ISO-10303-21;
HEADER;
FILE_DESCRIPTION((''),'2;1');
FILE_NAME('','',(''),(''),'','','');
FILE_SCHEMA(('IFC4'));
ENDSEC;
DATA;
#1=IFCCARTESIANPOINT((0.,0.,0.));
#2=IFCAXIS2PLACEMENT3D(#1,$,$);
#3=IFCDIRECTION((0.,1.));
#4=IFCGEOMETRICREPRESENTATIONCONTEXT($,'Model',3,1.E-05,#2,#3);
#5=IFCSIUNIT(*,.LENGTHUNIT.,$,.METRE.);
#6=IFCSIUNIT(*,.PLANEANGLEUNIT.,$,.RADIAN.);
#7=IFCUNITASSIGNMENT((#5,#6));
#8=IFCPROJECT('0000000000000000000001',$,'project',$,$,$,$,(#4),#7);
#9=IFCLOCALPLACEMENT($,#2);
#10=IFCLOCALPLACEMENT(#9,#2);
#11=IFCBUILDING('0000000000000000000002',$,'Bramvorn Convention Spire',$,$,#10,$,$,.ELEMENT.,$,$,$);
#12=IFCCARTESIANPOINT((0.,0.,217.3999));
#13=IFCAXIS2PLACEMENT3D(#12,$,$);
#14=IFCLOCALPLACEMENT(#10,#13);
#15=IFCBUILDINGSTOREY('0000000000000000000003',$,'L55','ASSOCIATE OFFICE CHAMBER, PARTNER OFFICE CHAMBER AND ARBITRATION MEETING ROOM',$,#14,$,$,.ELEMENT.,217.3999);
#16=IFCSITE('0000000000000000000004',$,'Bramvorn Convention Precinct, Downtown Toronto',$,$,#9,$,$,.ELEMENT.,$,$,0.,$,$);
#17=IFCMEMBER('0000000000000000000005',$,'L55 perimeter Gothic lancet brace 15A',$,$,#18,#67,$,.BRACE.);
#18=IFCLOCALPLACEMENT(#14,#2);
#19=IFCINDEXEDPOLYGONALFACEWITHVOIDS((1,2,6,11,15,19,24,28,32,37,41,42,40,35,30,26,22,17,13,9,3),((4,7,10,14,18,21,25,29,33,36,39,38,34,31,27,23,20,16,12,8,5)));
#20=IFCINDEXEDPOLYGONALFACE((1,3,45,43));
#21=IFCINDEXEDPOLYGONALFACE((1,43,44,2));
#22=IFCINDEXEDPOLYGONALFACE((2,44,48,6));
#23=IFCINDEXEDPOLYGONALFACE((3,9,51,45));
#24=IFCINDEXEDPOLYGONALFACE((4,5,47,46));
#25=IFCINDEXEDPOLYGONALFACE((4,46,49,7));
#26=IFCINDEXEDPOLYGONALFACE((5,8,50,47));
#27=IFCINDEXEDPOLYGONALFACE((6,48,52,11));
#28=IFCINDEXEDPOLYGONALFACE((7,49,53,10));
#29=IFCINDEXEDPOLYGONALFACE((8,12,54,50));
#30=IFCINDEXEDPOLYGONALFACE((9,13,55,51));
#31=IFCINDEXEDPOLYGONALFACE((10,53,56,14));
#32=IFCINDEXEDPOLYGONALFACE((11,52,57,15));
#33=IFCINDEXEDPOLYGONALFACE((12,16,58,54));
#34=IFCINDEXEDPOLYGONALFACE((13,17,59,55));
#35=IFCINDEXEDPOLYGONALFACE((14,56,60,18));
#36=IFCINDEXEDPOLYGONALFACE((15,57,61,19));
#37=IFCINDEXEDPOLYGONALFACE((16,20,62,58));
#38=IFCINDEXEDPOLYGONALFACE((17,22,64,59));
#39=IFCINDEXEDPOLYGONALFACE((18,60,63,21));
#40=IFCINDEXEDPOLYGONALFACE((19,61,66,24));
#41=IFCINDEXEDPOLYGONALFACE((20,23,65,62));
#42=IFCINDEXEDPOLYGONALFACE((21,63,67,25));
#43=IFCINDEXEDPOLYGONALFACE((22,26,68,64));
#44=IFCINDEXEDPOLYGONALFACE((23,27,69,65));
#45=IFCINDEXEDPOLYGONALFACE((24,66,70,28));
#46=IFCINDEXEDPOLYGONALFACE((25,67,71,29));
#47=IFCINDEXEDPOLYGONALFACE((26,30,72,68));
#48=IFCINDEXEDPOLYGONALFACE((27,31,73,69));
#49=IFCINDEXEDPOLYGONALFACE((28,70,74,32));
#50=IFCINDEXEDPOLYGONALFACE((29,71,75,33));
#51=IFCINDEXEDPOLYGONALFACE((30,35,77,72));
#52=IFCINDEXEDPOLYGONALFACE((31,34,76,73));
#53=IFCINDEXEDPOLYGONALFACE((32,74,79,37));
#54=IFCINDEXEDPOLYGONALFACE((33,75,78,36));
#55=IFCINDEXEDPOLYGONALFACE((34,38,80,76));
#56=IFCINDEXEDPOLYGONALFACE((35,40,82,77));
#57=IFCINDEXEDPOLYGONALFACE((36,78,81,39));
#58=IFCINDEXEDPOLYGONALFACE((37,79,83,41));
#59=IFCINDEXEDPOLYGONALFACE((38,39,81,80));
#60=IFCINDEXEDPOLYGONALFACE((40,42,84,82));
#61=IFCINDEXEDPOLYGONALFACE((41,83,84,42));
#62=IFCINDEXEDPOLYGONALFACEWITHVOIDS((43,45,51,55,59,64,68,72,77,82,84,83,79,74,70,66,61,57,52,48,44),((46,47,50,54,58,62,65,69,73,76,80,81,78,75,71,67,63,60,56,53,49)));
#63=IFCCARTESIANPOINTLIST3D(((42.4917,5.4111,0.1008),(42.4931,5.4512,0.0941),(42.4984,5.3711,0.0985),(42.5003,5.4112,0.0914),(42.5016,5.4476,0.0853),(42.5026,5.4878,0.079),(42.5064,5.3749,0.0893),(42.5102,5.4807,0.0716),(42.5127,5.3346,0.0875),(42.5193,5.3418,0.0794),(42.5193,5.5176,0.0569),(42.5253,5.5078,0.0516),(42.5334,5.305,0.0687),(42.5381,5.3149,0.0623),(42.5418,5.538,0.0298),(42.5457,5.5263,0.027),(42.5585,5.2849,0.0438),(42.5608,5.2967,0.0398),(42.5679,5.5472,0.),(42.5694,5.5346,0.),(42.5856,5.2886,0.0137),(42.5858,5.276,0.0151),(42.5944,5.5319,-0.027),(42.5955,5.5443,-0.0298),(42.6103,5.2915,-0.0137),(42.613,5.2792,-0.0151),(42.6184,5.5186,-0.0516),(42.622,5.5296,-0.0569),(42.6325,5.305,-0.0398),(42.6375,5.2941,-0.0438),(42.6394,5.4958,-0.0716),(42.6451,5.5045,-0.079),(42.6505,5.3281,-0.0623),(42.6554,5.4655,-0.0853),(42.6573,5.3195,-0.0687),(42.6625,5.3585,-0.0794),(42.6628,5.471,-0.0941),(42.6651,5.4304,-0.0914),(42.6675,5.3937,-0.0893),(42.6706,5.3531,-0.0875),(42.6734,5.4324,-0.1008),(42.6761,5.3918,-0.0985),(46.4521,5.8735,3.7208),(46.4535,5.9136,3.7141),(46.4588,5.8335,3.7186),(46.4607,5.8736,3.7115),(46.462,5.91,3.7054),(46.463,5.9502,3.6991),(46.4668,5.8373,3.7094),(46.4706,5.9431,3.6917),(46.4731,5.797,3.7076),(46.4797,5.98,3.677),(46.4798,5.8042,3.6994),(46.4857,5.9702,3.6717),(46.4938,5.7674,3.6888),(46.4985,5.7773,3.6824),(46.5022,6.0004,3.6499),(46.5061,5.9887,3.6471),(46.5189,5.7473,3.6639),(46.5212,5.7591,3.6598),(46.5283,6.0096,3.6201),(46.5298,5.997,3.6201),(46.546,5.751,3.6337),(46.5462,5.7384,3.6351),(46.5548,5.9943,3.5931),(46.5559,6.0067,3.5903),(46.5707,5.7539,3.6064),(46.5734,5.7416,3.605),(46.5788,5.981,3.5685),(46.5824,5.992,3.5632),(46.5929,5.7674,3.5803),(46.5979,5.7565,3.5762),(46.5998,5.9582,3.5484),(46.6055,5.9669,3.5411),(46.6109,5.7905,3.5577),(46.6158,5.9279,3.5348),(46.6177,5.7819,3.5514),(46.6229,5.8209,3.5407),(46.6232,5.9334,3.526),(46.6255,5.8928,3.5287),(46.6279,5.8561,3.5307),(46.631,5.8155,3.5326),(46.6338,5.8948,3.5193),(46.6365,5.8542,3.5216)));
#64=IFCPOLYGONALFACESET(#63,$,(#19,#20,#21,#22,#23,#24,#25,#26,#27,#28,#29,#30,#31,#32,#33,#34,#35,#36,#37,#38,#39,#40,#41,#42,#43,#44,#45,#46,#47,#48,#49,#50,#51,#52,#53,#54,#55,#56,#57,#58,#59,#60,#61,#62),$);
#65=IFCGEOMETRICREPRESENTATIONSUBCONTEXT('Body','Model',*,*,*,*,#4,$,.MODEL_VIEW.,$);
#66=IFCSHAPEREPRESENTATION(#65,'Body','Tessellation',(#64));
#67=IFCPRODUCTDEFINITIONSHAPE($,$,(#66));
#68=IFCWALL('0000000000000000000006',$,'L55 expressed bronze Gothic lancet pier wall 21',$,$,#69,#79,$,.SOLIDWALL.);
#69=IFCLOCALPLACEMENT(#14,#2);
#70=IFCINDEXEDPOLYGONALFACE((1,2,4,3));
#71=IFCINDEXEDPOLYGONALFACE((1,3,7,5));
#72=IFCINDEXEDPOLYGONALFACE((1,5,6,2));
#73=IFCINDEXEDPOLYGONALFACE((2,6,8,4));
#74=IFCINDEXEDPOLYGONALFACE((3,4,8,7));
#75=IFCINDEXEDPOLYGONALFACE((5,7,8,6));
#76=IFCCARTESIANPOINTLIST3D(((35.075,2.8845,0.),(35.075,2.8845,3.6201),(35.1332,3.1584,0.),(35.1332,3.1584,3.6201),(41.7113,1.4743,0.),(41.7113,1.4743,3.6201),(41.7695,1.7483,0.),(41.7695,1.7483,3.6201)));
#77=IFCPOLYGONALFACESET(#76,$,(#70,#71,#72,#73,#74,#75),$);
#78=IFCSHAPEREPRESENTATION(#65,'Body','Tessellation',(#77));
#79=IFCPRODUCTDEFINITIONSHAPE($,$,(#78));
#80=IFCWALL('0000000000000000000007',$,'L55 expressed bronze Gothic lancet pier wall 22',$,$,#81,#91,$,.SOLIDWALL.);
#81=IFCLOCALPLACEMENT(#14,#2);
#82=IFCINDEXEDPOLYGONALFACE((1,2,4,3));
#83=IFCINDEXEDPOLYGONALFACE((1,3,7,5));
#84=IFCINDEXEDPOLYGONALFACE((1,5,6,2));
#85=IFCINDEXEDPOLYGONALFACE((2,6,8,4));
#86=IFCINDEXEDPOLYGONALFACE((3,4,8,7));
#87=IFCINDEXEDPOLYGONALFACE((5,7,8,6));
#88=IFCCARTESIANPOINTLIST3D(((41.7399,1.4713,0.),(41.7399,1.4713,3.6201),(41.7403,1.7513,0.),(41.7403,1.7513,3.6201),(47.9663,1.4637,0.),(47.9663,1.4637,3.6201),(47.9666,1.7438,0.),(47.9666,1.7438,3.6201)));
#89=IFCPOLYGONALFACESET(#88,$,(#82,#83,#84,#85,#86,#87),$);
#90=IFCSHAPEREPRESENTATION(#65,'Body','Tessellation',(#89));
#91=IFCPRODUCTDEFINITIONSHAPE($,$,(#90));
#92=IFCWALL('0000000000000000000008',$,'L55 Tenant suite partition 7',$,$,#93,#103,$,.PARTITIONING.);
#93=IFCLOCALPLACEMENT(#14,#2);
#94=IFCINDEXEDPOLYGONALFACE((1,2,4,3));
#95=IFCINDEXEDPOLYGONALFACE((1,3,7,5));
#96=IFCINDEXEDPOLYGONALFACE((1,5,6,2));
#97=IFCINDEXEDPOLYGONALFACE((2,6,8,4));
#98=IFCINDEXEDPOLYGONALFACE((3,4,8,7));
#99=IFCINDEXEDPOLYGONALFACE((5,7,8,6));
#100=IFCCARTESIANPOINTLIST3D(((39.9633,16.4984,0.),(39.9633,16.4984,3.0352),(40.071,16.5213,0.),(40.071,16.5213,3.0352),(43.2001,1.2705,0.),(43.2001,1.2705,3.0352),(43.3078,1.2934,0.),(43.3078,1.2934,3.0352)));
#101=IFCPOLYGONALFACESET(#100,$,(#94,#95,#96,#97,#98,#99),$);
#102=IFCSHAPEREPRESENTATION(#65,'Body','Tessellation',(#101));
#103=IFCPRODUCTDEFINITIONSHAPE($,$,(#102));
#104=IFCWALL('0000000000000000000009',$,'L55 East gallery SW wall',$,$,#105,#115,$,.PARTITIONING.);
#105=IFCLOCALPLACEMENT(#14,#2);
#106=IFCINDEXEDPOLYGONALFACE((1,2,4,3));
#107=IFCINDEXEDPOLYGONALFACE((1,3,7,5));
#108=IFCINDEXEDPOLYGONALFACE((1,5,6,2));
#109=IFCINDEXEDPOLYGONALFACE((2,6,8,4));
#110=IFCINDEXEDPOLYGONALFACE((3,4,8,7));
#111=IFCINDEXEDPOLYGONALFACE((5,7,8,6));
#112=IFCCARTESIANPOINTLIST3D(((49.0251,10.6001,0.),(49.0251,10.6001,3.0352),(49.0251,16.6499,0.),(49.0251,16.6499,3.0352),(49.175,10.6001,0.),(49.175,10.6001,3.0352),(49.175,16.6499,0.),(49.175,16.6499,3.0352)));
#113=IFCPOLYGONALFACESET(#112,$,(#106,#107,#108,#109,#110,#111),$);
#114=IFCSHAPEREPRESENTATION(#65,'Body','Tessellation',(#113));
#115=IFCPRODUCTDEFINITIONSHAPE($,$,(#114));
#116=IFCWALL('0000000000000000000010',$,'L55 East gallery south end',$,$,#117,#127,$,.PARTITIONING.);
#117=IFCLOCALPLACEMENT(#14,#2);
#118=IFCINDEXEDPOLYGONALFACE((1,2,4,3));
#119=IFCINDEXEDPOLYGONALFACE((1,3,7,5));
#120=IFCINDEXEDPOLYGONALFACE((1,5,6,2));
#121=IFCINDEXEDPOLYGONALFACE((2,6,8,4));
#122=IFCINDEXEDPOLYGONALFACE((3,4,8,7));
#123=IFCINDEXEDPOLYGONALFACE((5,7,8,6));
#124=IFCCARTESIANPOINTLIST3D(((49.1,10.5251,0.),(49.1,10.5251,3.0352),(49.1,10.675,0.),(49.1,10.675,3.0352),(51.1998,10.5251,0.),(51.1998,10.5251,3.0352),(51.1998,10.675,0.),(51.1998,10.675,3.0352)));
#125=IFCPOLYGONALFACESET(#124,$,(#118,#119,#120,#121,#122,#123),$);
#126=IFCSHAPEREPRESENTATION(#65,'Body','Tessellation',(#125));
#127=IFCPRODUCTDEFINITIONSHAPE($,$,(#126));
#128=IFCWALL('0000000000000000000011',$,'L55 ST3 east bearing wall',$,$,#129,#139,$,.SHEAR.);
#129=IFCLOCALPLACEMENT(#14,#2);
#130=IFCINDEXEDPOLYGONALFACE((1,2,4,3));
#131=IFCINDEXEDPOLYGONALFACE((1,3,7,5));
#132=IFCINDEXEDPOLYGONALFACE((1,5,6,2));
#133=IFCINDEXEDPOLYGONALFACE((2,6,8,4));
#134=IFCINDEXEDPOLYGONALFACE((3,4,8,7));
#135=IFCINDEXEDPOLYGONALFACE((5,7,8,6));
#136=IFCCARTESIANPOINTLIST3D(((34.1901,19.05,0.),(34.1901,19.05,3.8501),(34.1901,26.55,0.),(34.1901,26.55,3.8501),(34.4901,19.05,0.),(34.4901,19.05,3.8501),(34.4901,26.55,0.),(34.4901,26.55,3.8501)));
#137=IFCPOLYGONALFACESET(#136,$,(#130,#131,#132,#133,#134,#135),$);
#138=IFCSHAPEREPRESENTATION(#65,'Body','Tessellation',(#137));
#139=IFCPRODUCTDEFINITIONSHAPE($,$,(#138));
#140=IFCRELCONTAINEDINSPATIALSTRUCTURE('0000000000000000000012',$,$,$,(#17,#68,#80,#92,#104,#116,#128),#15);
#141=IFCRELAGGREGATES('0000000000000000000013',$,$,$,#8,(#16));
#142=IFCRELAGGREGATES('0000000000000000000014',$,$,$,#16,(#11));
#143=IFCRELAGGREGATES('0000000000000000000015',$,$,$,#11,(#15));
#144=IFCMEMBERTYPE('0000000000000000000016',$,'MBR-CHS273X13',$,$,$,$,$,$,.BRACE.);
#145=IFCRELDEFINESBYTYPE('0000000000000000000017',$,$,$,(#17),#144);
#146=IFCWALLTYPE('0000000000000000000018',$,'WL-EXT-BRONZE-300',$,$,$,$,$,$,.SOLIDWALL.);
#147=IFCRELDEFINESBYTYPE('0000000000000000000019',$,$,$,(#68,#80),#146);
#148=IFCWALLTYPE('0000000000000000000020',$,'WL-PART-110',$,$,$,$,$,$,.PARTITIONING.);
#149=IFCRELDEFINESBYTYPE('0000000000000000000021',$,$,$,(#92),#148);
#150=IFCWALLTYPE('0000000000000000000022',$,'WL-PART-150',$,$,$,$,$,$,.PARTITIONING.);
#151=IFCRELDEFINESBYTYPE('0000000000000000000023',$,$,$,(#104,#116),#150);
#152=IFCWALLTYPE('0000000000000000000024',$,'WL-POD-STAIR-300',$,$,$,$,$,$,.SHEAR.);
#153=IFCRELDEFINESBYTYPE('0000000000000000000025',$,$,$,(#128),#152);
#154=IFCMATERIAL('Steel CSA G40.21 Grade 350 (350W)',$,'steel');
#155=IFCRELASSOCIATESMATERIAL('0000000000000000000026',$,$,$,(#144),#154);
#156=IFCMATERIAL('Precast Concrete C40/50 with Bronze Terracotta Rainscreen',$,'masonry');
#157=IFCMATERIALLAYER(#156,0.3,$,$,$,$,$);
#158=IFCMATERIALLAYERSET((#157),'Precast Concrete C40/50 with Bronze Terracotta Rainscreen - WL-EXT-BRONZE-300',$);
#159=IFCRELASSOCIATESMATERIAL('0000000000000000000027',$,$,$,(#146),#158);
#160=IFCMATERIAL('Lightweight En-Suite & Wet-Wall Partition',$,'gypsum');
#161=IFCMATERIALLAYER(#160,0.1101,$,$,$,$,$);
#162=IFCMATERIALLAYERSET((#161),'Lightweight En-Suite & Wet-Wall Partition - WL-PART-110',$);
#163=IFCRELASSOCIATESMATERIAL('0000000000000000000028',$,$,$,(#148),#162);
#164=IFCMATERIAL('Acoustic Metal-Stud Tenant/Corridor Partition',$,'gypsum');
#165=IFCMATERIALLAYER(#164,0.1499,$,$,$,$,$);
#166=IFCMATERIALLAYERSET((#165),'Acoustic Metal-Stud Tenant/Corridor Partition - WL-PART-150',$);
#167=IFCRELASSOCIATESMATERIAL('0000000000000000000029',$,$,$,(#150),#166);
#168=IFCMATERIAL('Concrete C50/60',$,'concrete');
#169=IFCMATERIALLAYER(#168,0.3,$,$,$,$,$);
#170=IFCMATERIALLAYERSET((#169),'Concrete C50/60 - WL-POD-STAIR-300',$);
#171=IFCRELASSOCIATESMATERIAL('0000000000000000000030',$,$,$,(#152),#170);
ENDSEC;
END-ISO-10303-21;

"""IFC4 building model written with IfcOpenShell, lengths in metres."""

from ifc_helpers import new_model, si_unit, direction, frame, frame_2d, origin, origin_2d, place, context, subcontext, project, spatial, rectangle, hollow_circle, extrude, material, layer, layer_set, material_profile, profile_set, type_object, element, save


model = new_model("IFC4")

# Units and contexts
model_context = context("Model", 3, precision=1e-05, world=origin(), true_north=direction((0.0, 1.0)))
body_context = subcontext(model_context, "Body", "Model", "MODEL_VIEW")
ifc_project = project(units=[si_unit("LENGTHUNIT", "METRE"), si_unit("PLANEANGLEUNIT", "RADIAN")], contexts=[model_context])

# Site, building, storey
site_placement = place(None, origin())
site = spatial("IfcSite", under=ifc_project, at=site_placement, Name="Bramvorn Convention Precinct, Downtown Toronto", CompositionType="ELEMENT", RefElevation=0.0)
building_placement = place(site_placement, origin())
building = spatial("IfcBuilding", under=site, at=building_placement, Name="Bramvorn Convention Spire", CompositionType="ELEMENT")
storey_placement = place(building_placement, frame((0.0, 0.0, 217.3999)))
storey = spatial("IfcBuildingStorey", under=building, at=storey_placement, Name="L55", Description="ASSOCIATE OFFICE CHAMBER, PARTNER OFFICE CHAMBER AND ARBITRATION MEETING ROOM", CompositionType="ELEMENT", Elevation=217.3999)

# Shared definitions
ifc_material_1 = material(Name="Steel CSA G40.21 Grade 350 (350W)", Category="steel")

# Member
ifc_material_profile_1 = material_profile(ifc_material_1, hollow_circle(Radius=0.1365, WallThickness=0.0127, at=origin_2d()))
ifc_profile_set_1 = profile_set([ifc_material_profile_1], Name="Steel CSA G40.21 Grade 350 (350W) - CHS273X13")
member_type_1 = type_object("IfcMemberType", Name="MBR-CHS273X13", PredefinedType="BRACE", material=ifc_profile_set_1)
member_1_placement = place(storey_placement, frame((42.5837, 5.4116, 0.0), z_axis=(0.735383, 0.08586, 0.67219), x_axis=(-0.115967, 0.993253, 0.0)))
element("IfcMember", 1, at=member_1_placement, inside=storey, type_object=member_type_1, Name="L55 perimeter Gothic lancet brace 15A", PredefinedType="BRACE", context=body_context, shape_type="SweptSolid", body=[
    extrude(hollow_circle(Radius=0.1365, WallThickness=0.0127, at=origin_2d()), origin(), (0.0, 0.0, 1.0), 5.3855),
])

# Walls
ifc_material_2 = material(Name="Precast Concrete C40/50 with Bronze Terracotta Rainscreen", Category="masonry")
ifc_layer_1 = layer(ifc_material_2, 0.3)
ifc_layer_set_1 = layer_set([ifc_layer_1], Name="Precast Concrete C40/50 with Bronze Terracotta Rainscreen - WL-EXT-BRONZE-300")
wall_type_1 = type_object("IfcWallType", Name="WL-EXT-BRONZE-300", PredefinedType="SOLIDWALL", material=ifc_layer_set_1)
wall_1_placement = place(storey_placement, frame((41.7402, 1.6113, 0.0), z_axis=(0.0, 0.0, 1.0), x_axis=(-0.97816, 0.207853, 0.0)))
element("IfcWall", 2, at=wall_1_placement, inside=storey, type_object=wall_type_1, Name="L55 expressed bronze Gothic lancet pier wall 21", PredefinedType="SOLIDWALL", context=body_context, shape_type="SweptSolid", body=[
    extrude(rectangle(XDim=6.7844, YDim=0.28, at=frame_2d((3.3921, 0.0))), origin(), (0.0, 0.0, 1.0), 3.6201),
])
wall_2_placement = place(storey_placement, frame((47.9666, 1.6038, 0.0), z_axis=(0.0, 0.0, 1.0), x_axis=(-0.999999, 0.001216, 0.0)))
element("IfcWall", 3, at=wall_2_placement, inside=storey, type_object=wall_type_1, Name="L55 expressed bronze Gothic lancet pier wall 22", PredefinedType="SOLIDWALL", context=body_context, shape_type="SweptSolid", body=[
    extrude(rectangle(XDim=6.2263, YDim=0.28, at=frame_2d((3.1133, 0.0))), origin(), (0.0, 0.0, 1.0), 3.6201),
])
ifc_material_3 = material(Name="Lightweight En-Suite & Wet-Wall Partition", Category="gypsum")
ifc_layer_2 = layer(ifc_material_3, 0.1101)
ifc_layer_set_2 = layer_set([ifc_layer_2], Name="Lightweight En-Suite & Wet-Wall Partition - WL-PART-110")
wall_type_2 = type_object("IfcWallType", Name="WL-PART-110", PredefinedType="PARTITIONING", material=ifc_layer_set_2)
wall_3_placement = place(storey_placement, frame((40.0171, 16.51, 0.0), z_axis=(0.0, 0.0, 1.0), x_axis=(0.207912, -0.978148, 0.0)))
element("IfcWall", 4, at=wall_3_placement, inside=storey, type_object=wall_type_2, Name="L55 Tenant suite partition 7", PredefinedType="PARTITIONING", context=body_context, shape_type="SweptSolid", body=[
    extrude(rectangle(XDim=15.5681, YDim=0.1101, at=frame_2d((7.7842, 0.0))), origin(), (0.0, 0.0, 1.0), 3.0352),
])
ifc_material_4 = material(Name="Acoustic Metal-Stud Tenant/Corridor Partition", Category="gypsum")
ifc_layer_3 = layer(ifc_material_4, 0.1499)
ifc_layer_set_3 = layer_set([ifc_layer_3], Name="Acoustic Metal-Stud Tenant/Corridor Partition - WL-PART-150")
wall_type_3 = type_object("IfcWallType", Name="WL-PART-150", PredefinedType="PARTITIONING", material=ifc_layer_set_3)
wall_4_placement = place(storey_placement, frame((49.1001, 10.6001, 0.0), z_axis=(0.0, 0.0, 1.0), x_axis=(0.0, 1.0, 0.0)))
element("IfcWall", 5, at=wall_4_placement, inside=storey, type_object=wall_type_3, Name="L55 East gallery SW wall", PredefinedType="PARTITIONING", context=body_context, shape_type="SweptSolid", body=[
    extrude(rectangle(XDim=6.0498, YDim=0.1499, at=frame_2d((3.0249, 0.0))), origin(), (0.0, 0.0, 1.0), 3.0352),
])
wall_5_placement = place(storey_placement, frame((49.1001, 10.6001, 0.0), z_axis=(0.0, 0.0, 1.0), x_axis=(1.0, 0.0, 0.0)))
element("IfcWall", 6, at=wall_5_placement, inside=storey, type_object=wall_type_3, Name="L55 East gallery south end", PredefinedType="PARTITIONING", context=body_context, shape_type="SweptSolid", body=[
    extrude(rectangle(XDim=2.0999, YDim=0.1499, at=frame_2d((1.0498, 0.0))), origin(), (0.0, 0.0, 1.0), 3.0352),
])
ifc_material_5 = material(Name="Concrete C50/60", Category="concrete")
ifc_layer_4 = layer(ifc_material_5, 0.3)
ifc_layer_set_4 = layer_set([ifc_layer_4], Name="Concrete C50/60 - WL-POD-STAIR-300")
wall_type_4 = type_object("IfcWallType", Name="WL-POD-STAIR-300", PredefinedType="SHEAR", material=ifc_layer_set_4)
wall_6_placement = place(storey_placement, frame((34.3401, 19.05, 0.0), z_axis=(0.0, 0.0, 1.0), x_axis=(0.0, 1.0, 0.0)))
element("IfcWall", 7, at=wall_6_placement, inside=storey, type_object=wall_type_4, Name="L55 ST3 east bearing wall", PredefinedType="SHEAR", context=body_context, shape_type="SweptSolid", body=[
    extrude(rectangle(XDim=7.5, YDim=0.3, at=frame_2d((3.75, 0.0))), origin(), (0.0, 0.0, 1.0), 3.8501),
])

save(model, "model.ifc")
